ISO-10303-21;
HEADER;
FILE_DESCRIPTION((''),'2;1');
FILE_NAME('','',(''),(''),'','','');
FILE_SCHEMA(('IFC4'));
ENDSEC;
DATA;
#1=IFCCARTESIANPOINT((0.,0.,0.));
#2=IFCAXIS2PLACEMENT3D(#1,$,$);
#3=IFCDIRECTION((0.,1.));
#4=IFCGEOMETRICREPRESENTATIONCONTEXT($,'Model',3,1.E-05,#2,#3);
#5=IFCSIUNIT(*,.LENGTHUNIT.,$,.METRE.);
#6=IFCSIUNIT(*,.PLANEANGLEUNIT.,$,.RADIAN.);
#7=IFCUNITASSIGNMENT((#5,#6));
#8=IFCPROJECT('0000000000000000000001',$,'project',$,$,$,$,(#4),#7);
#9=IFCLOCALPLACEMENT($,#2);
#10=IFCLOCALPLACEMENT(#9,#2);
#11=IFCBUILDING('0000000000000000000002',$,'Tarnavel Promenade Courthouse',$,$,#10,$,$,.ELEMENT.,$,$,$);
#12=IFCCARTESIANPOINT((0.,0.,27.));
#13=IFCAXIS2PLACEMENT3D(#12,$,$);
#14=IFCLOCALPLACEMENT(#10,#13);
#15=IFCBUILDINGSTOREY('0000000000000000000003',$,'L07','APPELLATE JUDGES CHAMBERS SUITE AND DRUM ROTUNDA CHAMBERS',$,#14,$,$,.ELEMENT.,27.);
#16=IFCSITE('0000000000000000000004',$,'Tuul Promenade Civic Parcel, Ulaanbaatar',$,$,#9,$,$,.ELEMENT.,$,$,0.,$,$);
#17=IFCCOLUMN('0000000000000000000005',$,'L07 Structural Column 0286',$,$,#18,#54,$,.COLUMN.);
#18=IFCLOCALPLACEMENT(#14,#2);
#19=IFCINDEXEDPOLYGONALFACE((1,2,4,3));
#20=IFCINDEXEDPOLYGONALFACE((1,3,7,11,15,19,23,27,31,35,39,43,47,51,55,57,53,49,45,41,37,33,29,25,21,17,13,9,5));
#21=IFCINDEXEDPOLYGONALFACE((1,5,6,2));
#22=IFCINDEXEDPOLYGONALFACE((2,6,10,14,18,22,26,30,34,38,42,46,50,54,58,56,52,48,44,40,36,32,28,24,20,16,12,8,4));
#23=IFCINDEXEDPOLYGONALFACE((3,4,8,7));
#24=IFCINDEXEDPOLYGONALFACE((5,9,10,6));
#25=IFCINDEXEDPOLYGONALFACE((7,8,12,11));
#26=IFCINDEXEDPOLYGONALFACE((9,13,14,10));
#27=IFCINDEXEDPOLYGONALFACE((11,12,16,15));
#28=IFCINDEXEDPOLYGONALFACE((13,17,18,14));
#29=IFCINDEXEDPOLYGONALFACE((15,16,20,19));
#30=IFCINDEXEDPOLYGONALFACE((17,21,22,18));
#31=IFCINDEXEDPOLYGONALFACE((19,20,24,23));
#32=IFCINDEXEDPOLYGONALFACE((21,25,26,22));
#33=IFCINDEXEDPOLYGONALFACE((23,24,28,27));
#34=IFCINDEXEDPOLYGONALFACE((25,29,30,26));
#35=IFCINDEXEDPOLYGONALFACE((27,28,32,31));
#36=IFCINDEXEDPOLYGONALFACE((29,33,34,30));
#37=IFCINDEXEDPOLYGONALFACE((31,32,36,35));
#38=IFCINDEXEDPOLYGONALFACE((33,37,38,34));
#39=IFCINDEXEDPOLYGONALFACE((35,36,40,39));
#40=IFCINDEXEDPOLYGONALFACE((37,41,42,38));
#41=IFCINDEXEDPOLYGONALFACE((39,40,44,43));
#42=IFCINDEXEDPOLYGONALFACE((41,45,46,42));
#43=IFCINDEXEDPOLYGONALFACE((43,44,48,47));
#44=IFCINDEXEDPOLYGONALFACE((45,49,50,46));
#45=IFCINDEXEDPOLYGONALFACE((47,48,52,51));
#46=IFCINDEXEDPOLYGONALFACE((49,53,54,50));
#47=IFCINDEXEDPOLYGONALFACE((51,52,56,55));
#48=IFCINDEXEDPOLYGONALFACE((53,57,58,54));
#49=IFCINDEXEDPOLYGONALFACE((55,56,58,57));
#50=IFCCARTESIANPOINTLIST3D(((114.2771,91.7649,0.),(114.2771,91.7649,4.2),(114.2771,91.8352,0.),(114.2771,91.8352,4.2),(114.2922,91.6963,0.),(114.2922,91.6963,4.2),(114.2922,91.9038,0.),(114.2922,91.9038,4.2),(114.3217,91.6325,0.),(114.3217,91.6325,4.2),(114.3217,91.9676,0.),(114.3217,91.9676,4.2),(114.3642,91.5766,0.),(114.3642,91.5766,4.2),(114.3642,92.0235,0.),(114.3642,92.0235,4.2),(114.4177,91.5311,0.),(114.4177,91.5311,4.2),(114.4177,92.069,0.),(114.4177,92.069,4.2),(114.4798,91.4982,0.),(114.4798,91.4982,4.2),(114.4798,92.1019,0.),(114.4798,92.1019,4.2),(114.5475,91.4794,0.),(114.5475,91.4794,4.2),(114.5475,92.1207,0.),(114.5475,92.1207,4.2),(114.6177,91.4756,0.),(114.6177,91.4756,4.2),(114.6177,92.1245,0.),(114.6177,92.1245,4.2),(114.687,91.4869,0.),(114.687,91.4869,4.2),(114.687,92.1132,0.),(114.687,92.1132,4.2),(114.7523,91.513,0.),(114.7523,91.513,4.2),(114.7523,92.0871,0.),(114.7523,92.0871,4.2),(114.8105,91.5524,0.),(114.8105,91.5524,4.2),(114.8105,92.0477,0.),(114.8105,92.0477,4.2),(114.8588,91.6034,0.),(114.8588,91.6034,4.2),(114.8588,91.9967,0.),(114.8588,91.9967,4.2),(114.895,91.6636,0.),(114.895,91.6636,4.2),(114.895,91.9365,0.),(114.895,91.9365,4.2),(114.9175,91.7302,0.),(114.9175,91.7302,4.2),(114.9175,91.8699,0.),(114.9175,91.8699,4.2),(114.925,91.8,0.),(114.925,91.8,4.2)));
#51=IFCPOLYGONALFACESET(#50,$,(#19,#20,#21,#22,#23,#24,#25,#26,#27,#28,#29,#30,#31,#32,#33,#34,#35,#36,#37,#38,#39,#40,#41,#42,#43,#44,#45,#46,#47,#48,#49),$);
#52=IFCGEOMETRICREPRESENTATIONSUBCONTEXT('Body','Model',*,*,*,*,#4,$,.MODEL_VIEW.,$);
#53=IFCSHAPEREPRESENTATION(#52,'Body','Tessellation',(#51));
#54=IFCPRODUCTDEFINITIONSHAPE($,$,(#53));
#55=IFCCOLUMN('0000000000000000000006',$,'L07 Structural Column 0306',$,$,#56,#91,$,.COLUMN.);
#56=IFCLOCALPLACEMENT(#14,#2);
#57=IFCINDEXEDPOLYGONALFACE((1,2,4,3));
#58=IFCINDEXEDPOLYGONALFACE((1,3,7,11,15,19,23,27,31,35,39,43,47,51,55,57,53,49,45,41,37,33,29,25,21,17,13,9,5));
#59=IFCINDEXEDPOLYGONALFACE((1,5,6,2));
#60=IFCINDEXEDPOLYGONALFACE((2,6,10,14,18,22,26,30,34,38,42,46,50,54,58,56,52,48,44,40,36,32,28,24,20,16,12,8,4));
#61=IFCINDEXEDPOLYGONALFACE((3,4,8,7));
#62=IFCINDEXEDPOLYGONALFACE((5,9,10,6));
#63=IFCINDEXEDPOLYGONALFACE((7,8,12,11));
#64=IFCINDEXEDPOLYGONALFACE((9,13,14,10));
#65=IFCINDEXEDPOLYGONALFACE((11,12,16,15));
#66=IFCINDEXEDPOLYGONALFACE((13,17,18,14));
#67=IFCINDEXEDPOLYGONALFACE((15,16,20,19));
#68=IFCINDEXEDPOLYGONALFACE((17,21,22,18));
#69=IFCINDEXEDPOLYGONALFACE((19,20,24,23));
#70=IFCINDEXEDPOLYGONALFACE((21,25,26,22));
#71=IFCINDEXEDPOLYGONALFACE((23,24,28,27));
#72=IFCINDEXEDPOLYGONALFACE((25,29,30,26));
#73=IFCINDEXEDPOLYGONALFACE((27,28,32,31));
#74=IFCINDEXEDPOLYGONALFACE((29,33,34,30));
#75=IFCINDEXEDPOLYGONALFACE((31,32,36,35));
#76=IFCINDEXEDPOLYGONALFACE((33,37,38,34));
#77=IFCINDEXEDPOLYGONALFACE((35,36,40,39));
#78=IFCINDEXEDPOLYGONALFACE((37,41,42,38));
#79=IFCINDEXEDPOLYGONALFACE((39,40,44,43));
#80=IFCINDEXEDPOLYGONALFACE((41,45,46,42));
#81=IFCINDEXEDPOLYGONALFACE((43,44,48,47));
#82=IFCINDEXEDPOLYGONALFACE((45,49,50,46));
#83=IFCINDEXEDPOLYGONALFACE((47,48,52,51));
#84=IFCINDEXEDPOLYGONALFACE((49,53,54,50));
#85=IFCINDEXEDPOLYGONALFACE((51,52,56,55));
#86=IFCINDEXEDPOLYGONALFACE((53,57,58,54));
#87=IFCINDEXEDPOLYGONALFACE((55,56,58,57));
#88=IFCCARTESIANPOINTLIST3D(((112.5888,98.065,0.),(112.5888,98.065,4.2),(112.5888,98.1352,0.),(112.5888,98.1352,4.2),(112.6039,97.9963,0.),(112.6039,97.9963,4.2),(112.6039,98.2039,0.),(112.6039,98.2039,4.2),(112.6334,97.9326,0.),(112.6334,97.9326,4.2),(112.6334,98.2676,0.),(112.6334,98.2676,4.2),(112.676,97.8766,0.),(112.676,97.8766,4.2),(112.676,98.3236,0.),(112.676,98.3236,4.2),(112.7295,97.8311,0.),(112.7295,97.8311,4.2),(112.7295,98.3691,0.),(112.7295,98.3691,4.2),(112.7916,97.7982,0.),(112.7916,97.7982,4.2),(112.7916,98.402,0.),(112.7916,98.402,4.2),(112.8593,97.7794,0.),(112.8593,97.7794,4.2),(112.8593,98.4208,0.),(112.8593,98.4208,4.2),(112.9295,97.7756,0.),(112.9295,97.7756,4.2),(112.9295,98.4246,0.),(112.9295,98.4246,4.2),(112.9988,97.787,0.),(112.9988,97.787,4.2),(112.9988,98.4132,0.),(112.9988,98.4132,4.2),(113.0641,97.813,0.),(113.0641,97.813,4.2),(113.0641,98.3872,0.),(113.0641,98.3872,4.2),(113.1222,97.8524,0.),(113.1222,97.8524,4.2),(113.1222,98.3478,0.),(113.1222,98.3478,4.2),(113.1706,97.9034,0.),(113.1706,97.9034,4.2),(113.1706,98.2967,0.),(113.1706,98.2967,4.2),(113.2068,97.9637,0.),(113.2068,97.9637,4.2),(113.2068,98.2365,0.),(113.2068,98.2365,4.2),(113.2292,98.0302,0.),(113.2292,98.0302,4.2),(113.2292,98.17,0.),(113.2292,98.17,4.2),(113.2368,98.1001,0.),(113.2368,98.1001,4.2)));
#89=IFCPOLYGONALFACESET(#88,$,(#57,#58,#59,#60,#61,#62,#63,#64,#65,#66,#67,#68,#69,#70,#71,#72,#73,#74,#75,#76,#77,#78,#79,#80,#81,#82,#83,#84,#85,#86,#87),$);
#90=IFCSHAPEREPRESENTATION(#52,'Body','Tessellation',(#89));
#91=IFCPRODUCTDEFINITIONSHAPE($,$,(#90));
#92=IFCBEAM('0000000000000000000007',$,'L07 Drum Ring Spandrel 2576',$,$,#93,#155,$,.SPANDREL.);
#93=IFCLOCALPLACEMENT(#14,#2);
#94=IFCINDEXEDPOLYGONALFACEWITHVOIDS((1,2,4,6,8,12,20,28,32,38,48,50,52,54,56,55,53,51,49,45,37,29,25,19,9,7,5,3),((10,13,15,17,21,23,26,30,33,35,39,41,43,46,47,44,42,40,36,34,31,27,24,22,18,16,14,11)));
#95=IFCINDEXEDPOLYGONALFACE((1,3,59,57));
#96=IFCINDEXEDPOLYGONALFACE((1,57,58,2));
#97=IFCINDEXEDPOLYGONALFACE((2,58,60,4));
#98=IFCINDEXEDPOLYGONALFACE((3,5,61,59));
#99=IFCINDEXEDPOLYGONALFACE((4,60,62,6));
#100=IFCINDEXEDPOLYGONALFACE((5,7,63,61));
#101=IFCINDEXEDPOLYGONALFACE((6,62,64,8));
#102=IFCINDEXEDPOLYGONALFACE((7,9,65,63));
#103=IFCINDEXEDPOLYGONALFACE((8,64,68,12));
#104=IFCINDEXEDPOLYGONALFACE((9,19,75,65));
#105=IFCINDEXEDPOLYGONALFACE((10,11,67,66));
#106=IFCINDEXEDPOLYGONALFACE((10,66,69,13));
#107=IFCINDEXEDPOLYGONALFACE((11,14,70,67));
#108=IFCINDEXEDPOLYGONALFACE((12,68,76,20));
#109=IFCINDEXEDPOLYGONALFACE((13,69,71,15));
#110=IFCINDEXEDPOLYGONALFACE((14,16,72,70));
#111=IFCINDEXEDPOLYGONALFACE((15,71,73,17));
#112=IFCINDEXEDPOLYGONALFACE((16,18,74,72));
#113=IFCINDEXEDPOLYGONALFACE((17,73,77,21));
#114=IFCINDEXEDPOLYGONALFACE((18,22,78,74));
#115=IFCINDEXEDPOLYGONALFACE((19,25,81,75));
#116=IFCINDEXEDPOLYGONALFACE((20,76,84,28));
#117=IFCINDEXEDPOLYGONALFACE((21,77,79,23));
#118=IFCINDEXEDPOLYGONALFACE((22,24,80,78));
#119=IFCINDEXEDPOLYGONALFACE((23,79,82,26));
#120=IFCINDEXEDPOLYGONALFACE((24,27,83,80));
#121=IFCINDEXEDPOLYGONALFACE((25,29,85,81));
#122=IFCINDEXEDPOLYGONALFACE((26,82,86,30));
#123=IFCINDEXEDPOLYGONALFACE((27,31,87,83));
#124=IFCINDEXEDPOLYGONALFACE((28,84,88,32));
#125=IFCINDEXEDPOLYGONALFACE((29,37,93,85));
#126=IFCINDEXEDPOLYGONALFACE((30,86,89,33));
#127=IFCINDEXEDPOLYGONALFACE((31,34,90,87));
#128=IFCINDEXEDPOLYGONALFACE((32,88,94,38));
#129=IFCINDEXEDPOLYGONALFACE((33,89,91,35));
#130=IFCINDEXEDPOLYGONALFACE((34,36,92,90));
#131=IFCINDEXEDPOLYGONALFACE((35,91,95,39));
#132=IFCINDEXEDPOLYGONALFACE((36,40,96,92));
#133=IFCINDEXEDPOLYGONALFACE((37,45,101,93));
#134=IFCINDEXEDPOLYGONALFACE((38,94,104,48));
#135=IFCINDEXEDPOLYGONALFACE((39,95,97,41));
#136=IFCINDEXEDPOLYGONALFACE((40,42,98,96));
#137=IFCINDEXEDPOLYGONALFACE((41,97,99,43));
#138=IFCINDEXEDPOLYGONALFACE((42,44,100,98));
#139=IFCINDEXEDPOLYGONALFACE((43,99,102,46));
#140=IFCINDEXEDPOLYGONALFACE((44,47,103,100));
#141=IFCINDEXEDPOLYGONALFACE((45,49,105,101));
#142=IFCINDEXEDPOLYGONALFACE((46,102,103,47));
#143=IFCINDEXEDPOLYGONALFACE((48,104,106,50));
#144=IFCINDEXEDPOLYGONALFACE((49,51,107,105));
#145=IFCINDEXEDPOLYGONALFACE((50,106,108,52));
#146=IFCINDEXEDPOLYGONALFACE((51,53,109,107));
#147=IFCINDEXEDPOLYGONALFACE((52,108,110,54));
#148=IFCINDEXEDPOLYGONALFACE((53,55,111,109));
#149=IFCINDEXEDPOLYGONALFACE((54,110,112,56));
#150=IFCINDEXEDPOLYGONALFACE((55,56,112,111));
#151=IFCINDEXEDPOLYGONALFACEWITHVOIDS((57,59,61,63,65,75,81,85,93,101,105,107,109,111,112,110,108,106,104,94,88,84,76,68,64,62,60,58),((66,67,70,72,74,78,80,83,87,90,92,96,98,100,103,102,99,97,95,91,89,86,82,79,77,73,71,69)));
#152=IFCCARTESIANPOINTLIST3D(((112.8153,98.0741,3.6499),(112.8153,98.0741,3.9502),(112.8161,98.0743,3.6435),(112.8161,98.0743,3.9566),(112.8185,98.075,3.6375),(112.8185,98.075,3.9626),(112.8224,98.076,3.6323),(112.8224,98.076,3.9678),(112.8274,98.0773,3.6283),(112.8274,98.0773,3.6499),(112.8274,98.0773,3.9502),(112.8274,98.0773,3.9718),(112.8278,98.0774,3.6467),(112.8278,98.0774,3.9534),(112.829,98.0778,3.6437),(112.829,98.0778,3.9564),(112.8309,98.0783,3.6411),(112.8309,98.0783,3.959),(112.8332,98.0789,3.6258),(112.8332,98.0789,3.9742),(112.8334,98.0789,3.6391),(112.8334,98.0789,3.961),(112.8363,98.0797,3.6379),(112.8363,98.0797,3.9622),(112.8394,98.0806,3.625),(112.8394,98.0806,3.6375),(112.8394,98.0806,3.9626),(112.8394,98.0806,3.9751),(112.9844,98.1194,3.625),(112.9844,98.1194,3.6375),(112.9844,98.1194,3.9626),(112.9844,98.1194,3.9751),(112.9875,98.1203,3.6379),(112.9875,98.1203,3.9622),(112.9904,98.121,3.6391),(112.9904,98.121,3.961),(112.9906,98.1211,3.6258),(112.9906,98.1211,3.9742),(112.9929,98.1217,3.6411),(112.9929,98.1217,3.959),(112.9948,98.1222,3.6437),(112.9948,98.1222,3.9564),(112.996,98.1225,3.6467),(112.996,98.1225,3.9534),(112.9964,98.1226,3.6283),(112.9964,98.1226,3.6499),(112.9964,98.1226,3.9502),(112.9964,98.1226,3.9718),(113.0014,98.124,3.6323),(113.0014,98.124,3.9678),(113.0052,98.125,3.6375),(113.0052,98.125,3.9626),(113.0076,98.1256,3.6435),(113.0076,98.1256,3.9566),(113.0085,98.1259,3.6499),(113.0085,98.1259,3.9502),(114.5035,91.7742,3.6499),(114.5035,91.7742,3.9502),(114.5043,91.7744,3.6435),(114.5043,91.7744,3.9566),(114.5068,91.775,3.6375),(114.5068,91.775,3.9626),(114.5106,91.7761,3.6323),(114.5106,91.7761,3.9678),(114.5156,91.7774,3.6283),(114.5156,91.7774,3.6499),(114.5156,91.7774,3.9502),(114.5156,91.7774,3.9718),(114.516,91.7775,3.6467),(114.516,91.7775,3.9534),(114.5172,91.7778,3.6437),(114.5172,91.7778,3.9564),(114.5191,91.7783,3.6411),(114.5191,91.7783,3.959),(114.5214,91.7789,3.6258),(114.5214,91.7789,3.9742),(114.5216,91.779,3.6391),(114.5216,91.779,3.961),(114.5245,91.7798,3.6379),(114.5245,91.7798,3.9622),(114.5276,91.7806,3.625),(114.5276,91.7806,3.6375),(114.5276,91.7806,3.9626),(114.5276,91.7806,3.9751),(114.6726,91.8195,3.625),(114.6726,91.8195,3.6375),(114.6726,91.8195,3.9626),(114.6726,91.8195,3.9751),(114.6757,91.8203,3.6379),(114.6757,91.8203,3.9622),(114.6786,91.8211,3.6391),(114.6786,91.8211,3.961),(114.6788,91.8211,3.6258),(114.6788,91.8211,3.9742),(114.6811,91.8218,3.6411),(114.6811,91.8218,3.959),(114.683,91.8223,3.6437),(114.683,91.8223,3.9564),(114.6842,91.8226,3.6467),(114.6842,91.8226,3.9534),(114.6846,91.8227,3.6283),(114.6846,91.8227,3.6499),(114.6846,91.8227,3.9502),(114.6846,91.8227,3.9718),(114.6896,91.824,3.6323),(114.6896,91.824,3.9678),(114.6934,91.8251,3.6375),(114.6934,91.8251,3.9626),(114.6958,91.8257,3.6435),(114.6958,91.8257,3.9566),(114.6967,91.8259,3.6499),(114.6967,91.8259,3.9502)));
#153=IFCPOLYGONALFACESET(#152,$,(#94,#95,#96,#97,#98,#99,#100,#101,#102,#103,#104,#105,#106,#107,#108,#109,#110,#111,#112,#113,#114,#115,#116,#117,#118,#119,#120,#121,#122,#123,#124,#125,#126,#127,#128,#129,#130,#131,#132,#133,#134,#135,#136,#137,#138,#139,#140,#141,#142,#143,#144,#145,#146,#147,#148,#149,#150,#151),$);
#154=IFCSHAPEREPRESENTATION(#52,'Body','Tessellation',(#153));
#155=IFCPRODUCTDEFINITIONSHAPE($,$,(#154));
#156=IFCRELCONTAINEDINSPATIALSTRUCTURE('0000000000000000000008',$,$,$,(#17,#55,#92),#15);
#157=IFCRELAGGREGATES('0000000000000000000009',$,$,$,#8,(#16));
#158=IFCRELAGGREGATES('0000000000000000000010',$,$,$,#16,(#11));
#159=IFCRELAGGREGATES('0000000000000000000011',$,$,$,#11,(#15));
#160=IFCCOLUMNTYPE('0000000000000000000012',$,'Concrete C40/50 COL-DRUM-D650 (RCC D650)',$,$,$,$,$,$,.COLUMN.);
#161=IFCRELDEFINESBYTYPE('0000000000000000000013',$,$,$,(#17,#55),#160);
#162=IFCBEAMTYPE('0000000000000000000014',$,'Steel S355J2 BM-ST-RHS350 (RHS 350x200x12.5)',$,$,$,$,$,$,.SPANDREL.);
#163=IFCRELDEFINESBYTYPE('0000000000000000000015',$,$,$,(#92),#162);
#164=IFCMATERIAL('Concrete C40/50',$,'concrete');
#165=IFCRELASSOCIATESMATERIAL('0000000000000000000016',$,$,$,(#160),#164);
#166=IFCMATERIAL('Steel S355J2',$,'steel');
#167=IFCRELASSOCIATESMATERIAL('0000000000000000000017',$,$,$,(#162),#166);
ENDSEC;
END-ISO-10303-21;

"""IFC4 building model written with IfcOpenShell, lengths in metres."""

from ifc_helpers import new_model, si_unit, direction, frame, origin, origin_2d, place, context, subcontext, project, spatial, hollow_rectangle, circle, extrude, material, material_profile, profile_set, type_object, element, save


model = new_model("IFC4")

# Units and contexts
model_context = context("Model", 3, precision=1e-05, world=origin(), true_north=direction((0.0, 1.0)))
body_context = subcontext(model_context, "Body", "Model", "MODEL_VIEW")
ifc_project = project(units=[si_unit("LENGTHUNIT", "METRE"), si_unit("PLANEANGLEUNIT", "RADIAN")], contexts=[model_context])

# Site, building, storey
site_placement = place(None, origin())
site = spatial("IfcSite", under=ifc_project, at=site_placement, Name="Tuul Promenade Civic Parcel, Ulaanbaatar", CompositionType="ELEMENT", RefElevation=0.0)
building_placement = place(site_placement, origin())
building = spatial("IfcBuilding", under=site, at=building_placement, Name="Tarnavel Promenade Courthouse", CompositionType="ELEMENT")
storey_placement = place(building_placement, frame((0.0, 0.0, 27.0)))
storey = spatial("IfcBuildingStorey", under=building, at=storey_placement, Name="L07", Description="APPELLATE JUDGES CHAMBERS SUITE AND DRUM ROTUNDA CHAMBERS", CompositionType="ELEMENT", Elevation=27.0)

# Columns
ifc_material_1 = material(Name="Concrete C40/50", Category="concrete")
ifc_material_profile_1 = material_profile(ifc_material_1, circle(Radius=0.325, at=origin_2d()), Name="RCC D650")
ifc_profile_set_1 = profile_set([ifc_material_profile_1], Name="Concrete C40/50")
column_type = type_object("IfcColumnType", Name="Concrete C40/50 COL-DRUM-D650 (RCC D650)", PredefinedType="COLUMN", material=ifc_profile_set_1)
for number, where, z_axis, x_axis, name in (
    (1, (114.6001, 91.8, 0.0), (0.0, 0.0, 1.0), (1.0, 0.0, 0.0), "L07 Structural Column 0286"),
    (2, (112.9119, 98.1001, 0.0), (0.0, 0.0, 1.0), (1.0, 0.0, 0.0), "L07 Structural Column 0306"),
):
    element("IfcColumn", number, at=place(storey_placement, frame(where, z_axis=z_axis, x_axis=x_axis)), inside=storey, type_object=column_type, Name=name, PredefinedType="COLUMN", context=body_context, shape_type="SweptSolid", body=[
        extrude(circle(Radius=0.325, at=origin_2d()), origin(), (0.0, 0.0, 1.0), 4.2),
    ])

# Beam
ifc_material_2 = material(Name="Steel S355J2", Category="steel")
ifc_material_profile_2 = material_profile(ifc_material_2, hollow_rectangle(XDim=0.2, YDim=0.3501, WallThickness=0.0125, InnerFilletRadius=0.0125, OuterFilletRadius=0.0249, at=origin_2d()), Name="RHS 350x200x12.5")
ifc_profile_set_2 = profile_set([ifc_material_profile_2], Name="Steel S355J2")
beam_type = type_object("IfcBeamType", Name="Steel S355J2 BM-ST-RHS350 (RHS 350x200x12.5)", PredefinedType="SPANDREL", material=ifc_profile_set_2)
beam_1_placement = place(storey_placement, frame((114.6001, 91.8, 3.8), z_axis=(-0.258839, 0.96592, 0.0), x_axis=(-0.96592, -0.258839, 0.0)))
element("IfcBeam", 3, at=beam_1_placement, inside=storey, type_object=beam_type, Name="L07 Drum Ring Spandrel 2576", PredefinedType="SPANDREL", context=body_context, shape_type="SweptSolid", body=[
    extrude(hollow_rectangle(XDim=0.2, YDim=0.3501, WallThickness=0.0125, InnerFilletRadius=0.0125, OuterFilletRadius=0.0249, at=origin_2d()), origin(), (0.0, 0.0, 1.0), 6.5222),
])

save(model, "model.ifc")
